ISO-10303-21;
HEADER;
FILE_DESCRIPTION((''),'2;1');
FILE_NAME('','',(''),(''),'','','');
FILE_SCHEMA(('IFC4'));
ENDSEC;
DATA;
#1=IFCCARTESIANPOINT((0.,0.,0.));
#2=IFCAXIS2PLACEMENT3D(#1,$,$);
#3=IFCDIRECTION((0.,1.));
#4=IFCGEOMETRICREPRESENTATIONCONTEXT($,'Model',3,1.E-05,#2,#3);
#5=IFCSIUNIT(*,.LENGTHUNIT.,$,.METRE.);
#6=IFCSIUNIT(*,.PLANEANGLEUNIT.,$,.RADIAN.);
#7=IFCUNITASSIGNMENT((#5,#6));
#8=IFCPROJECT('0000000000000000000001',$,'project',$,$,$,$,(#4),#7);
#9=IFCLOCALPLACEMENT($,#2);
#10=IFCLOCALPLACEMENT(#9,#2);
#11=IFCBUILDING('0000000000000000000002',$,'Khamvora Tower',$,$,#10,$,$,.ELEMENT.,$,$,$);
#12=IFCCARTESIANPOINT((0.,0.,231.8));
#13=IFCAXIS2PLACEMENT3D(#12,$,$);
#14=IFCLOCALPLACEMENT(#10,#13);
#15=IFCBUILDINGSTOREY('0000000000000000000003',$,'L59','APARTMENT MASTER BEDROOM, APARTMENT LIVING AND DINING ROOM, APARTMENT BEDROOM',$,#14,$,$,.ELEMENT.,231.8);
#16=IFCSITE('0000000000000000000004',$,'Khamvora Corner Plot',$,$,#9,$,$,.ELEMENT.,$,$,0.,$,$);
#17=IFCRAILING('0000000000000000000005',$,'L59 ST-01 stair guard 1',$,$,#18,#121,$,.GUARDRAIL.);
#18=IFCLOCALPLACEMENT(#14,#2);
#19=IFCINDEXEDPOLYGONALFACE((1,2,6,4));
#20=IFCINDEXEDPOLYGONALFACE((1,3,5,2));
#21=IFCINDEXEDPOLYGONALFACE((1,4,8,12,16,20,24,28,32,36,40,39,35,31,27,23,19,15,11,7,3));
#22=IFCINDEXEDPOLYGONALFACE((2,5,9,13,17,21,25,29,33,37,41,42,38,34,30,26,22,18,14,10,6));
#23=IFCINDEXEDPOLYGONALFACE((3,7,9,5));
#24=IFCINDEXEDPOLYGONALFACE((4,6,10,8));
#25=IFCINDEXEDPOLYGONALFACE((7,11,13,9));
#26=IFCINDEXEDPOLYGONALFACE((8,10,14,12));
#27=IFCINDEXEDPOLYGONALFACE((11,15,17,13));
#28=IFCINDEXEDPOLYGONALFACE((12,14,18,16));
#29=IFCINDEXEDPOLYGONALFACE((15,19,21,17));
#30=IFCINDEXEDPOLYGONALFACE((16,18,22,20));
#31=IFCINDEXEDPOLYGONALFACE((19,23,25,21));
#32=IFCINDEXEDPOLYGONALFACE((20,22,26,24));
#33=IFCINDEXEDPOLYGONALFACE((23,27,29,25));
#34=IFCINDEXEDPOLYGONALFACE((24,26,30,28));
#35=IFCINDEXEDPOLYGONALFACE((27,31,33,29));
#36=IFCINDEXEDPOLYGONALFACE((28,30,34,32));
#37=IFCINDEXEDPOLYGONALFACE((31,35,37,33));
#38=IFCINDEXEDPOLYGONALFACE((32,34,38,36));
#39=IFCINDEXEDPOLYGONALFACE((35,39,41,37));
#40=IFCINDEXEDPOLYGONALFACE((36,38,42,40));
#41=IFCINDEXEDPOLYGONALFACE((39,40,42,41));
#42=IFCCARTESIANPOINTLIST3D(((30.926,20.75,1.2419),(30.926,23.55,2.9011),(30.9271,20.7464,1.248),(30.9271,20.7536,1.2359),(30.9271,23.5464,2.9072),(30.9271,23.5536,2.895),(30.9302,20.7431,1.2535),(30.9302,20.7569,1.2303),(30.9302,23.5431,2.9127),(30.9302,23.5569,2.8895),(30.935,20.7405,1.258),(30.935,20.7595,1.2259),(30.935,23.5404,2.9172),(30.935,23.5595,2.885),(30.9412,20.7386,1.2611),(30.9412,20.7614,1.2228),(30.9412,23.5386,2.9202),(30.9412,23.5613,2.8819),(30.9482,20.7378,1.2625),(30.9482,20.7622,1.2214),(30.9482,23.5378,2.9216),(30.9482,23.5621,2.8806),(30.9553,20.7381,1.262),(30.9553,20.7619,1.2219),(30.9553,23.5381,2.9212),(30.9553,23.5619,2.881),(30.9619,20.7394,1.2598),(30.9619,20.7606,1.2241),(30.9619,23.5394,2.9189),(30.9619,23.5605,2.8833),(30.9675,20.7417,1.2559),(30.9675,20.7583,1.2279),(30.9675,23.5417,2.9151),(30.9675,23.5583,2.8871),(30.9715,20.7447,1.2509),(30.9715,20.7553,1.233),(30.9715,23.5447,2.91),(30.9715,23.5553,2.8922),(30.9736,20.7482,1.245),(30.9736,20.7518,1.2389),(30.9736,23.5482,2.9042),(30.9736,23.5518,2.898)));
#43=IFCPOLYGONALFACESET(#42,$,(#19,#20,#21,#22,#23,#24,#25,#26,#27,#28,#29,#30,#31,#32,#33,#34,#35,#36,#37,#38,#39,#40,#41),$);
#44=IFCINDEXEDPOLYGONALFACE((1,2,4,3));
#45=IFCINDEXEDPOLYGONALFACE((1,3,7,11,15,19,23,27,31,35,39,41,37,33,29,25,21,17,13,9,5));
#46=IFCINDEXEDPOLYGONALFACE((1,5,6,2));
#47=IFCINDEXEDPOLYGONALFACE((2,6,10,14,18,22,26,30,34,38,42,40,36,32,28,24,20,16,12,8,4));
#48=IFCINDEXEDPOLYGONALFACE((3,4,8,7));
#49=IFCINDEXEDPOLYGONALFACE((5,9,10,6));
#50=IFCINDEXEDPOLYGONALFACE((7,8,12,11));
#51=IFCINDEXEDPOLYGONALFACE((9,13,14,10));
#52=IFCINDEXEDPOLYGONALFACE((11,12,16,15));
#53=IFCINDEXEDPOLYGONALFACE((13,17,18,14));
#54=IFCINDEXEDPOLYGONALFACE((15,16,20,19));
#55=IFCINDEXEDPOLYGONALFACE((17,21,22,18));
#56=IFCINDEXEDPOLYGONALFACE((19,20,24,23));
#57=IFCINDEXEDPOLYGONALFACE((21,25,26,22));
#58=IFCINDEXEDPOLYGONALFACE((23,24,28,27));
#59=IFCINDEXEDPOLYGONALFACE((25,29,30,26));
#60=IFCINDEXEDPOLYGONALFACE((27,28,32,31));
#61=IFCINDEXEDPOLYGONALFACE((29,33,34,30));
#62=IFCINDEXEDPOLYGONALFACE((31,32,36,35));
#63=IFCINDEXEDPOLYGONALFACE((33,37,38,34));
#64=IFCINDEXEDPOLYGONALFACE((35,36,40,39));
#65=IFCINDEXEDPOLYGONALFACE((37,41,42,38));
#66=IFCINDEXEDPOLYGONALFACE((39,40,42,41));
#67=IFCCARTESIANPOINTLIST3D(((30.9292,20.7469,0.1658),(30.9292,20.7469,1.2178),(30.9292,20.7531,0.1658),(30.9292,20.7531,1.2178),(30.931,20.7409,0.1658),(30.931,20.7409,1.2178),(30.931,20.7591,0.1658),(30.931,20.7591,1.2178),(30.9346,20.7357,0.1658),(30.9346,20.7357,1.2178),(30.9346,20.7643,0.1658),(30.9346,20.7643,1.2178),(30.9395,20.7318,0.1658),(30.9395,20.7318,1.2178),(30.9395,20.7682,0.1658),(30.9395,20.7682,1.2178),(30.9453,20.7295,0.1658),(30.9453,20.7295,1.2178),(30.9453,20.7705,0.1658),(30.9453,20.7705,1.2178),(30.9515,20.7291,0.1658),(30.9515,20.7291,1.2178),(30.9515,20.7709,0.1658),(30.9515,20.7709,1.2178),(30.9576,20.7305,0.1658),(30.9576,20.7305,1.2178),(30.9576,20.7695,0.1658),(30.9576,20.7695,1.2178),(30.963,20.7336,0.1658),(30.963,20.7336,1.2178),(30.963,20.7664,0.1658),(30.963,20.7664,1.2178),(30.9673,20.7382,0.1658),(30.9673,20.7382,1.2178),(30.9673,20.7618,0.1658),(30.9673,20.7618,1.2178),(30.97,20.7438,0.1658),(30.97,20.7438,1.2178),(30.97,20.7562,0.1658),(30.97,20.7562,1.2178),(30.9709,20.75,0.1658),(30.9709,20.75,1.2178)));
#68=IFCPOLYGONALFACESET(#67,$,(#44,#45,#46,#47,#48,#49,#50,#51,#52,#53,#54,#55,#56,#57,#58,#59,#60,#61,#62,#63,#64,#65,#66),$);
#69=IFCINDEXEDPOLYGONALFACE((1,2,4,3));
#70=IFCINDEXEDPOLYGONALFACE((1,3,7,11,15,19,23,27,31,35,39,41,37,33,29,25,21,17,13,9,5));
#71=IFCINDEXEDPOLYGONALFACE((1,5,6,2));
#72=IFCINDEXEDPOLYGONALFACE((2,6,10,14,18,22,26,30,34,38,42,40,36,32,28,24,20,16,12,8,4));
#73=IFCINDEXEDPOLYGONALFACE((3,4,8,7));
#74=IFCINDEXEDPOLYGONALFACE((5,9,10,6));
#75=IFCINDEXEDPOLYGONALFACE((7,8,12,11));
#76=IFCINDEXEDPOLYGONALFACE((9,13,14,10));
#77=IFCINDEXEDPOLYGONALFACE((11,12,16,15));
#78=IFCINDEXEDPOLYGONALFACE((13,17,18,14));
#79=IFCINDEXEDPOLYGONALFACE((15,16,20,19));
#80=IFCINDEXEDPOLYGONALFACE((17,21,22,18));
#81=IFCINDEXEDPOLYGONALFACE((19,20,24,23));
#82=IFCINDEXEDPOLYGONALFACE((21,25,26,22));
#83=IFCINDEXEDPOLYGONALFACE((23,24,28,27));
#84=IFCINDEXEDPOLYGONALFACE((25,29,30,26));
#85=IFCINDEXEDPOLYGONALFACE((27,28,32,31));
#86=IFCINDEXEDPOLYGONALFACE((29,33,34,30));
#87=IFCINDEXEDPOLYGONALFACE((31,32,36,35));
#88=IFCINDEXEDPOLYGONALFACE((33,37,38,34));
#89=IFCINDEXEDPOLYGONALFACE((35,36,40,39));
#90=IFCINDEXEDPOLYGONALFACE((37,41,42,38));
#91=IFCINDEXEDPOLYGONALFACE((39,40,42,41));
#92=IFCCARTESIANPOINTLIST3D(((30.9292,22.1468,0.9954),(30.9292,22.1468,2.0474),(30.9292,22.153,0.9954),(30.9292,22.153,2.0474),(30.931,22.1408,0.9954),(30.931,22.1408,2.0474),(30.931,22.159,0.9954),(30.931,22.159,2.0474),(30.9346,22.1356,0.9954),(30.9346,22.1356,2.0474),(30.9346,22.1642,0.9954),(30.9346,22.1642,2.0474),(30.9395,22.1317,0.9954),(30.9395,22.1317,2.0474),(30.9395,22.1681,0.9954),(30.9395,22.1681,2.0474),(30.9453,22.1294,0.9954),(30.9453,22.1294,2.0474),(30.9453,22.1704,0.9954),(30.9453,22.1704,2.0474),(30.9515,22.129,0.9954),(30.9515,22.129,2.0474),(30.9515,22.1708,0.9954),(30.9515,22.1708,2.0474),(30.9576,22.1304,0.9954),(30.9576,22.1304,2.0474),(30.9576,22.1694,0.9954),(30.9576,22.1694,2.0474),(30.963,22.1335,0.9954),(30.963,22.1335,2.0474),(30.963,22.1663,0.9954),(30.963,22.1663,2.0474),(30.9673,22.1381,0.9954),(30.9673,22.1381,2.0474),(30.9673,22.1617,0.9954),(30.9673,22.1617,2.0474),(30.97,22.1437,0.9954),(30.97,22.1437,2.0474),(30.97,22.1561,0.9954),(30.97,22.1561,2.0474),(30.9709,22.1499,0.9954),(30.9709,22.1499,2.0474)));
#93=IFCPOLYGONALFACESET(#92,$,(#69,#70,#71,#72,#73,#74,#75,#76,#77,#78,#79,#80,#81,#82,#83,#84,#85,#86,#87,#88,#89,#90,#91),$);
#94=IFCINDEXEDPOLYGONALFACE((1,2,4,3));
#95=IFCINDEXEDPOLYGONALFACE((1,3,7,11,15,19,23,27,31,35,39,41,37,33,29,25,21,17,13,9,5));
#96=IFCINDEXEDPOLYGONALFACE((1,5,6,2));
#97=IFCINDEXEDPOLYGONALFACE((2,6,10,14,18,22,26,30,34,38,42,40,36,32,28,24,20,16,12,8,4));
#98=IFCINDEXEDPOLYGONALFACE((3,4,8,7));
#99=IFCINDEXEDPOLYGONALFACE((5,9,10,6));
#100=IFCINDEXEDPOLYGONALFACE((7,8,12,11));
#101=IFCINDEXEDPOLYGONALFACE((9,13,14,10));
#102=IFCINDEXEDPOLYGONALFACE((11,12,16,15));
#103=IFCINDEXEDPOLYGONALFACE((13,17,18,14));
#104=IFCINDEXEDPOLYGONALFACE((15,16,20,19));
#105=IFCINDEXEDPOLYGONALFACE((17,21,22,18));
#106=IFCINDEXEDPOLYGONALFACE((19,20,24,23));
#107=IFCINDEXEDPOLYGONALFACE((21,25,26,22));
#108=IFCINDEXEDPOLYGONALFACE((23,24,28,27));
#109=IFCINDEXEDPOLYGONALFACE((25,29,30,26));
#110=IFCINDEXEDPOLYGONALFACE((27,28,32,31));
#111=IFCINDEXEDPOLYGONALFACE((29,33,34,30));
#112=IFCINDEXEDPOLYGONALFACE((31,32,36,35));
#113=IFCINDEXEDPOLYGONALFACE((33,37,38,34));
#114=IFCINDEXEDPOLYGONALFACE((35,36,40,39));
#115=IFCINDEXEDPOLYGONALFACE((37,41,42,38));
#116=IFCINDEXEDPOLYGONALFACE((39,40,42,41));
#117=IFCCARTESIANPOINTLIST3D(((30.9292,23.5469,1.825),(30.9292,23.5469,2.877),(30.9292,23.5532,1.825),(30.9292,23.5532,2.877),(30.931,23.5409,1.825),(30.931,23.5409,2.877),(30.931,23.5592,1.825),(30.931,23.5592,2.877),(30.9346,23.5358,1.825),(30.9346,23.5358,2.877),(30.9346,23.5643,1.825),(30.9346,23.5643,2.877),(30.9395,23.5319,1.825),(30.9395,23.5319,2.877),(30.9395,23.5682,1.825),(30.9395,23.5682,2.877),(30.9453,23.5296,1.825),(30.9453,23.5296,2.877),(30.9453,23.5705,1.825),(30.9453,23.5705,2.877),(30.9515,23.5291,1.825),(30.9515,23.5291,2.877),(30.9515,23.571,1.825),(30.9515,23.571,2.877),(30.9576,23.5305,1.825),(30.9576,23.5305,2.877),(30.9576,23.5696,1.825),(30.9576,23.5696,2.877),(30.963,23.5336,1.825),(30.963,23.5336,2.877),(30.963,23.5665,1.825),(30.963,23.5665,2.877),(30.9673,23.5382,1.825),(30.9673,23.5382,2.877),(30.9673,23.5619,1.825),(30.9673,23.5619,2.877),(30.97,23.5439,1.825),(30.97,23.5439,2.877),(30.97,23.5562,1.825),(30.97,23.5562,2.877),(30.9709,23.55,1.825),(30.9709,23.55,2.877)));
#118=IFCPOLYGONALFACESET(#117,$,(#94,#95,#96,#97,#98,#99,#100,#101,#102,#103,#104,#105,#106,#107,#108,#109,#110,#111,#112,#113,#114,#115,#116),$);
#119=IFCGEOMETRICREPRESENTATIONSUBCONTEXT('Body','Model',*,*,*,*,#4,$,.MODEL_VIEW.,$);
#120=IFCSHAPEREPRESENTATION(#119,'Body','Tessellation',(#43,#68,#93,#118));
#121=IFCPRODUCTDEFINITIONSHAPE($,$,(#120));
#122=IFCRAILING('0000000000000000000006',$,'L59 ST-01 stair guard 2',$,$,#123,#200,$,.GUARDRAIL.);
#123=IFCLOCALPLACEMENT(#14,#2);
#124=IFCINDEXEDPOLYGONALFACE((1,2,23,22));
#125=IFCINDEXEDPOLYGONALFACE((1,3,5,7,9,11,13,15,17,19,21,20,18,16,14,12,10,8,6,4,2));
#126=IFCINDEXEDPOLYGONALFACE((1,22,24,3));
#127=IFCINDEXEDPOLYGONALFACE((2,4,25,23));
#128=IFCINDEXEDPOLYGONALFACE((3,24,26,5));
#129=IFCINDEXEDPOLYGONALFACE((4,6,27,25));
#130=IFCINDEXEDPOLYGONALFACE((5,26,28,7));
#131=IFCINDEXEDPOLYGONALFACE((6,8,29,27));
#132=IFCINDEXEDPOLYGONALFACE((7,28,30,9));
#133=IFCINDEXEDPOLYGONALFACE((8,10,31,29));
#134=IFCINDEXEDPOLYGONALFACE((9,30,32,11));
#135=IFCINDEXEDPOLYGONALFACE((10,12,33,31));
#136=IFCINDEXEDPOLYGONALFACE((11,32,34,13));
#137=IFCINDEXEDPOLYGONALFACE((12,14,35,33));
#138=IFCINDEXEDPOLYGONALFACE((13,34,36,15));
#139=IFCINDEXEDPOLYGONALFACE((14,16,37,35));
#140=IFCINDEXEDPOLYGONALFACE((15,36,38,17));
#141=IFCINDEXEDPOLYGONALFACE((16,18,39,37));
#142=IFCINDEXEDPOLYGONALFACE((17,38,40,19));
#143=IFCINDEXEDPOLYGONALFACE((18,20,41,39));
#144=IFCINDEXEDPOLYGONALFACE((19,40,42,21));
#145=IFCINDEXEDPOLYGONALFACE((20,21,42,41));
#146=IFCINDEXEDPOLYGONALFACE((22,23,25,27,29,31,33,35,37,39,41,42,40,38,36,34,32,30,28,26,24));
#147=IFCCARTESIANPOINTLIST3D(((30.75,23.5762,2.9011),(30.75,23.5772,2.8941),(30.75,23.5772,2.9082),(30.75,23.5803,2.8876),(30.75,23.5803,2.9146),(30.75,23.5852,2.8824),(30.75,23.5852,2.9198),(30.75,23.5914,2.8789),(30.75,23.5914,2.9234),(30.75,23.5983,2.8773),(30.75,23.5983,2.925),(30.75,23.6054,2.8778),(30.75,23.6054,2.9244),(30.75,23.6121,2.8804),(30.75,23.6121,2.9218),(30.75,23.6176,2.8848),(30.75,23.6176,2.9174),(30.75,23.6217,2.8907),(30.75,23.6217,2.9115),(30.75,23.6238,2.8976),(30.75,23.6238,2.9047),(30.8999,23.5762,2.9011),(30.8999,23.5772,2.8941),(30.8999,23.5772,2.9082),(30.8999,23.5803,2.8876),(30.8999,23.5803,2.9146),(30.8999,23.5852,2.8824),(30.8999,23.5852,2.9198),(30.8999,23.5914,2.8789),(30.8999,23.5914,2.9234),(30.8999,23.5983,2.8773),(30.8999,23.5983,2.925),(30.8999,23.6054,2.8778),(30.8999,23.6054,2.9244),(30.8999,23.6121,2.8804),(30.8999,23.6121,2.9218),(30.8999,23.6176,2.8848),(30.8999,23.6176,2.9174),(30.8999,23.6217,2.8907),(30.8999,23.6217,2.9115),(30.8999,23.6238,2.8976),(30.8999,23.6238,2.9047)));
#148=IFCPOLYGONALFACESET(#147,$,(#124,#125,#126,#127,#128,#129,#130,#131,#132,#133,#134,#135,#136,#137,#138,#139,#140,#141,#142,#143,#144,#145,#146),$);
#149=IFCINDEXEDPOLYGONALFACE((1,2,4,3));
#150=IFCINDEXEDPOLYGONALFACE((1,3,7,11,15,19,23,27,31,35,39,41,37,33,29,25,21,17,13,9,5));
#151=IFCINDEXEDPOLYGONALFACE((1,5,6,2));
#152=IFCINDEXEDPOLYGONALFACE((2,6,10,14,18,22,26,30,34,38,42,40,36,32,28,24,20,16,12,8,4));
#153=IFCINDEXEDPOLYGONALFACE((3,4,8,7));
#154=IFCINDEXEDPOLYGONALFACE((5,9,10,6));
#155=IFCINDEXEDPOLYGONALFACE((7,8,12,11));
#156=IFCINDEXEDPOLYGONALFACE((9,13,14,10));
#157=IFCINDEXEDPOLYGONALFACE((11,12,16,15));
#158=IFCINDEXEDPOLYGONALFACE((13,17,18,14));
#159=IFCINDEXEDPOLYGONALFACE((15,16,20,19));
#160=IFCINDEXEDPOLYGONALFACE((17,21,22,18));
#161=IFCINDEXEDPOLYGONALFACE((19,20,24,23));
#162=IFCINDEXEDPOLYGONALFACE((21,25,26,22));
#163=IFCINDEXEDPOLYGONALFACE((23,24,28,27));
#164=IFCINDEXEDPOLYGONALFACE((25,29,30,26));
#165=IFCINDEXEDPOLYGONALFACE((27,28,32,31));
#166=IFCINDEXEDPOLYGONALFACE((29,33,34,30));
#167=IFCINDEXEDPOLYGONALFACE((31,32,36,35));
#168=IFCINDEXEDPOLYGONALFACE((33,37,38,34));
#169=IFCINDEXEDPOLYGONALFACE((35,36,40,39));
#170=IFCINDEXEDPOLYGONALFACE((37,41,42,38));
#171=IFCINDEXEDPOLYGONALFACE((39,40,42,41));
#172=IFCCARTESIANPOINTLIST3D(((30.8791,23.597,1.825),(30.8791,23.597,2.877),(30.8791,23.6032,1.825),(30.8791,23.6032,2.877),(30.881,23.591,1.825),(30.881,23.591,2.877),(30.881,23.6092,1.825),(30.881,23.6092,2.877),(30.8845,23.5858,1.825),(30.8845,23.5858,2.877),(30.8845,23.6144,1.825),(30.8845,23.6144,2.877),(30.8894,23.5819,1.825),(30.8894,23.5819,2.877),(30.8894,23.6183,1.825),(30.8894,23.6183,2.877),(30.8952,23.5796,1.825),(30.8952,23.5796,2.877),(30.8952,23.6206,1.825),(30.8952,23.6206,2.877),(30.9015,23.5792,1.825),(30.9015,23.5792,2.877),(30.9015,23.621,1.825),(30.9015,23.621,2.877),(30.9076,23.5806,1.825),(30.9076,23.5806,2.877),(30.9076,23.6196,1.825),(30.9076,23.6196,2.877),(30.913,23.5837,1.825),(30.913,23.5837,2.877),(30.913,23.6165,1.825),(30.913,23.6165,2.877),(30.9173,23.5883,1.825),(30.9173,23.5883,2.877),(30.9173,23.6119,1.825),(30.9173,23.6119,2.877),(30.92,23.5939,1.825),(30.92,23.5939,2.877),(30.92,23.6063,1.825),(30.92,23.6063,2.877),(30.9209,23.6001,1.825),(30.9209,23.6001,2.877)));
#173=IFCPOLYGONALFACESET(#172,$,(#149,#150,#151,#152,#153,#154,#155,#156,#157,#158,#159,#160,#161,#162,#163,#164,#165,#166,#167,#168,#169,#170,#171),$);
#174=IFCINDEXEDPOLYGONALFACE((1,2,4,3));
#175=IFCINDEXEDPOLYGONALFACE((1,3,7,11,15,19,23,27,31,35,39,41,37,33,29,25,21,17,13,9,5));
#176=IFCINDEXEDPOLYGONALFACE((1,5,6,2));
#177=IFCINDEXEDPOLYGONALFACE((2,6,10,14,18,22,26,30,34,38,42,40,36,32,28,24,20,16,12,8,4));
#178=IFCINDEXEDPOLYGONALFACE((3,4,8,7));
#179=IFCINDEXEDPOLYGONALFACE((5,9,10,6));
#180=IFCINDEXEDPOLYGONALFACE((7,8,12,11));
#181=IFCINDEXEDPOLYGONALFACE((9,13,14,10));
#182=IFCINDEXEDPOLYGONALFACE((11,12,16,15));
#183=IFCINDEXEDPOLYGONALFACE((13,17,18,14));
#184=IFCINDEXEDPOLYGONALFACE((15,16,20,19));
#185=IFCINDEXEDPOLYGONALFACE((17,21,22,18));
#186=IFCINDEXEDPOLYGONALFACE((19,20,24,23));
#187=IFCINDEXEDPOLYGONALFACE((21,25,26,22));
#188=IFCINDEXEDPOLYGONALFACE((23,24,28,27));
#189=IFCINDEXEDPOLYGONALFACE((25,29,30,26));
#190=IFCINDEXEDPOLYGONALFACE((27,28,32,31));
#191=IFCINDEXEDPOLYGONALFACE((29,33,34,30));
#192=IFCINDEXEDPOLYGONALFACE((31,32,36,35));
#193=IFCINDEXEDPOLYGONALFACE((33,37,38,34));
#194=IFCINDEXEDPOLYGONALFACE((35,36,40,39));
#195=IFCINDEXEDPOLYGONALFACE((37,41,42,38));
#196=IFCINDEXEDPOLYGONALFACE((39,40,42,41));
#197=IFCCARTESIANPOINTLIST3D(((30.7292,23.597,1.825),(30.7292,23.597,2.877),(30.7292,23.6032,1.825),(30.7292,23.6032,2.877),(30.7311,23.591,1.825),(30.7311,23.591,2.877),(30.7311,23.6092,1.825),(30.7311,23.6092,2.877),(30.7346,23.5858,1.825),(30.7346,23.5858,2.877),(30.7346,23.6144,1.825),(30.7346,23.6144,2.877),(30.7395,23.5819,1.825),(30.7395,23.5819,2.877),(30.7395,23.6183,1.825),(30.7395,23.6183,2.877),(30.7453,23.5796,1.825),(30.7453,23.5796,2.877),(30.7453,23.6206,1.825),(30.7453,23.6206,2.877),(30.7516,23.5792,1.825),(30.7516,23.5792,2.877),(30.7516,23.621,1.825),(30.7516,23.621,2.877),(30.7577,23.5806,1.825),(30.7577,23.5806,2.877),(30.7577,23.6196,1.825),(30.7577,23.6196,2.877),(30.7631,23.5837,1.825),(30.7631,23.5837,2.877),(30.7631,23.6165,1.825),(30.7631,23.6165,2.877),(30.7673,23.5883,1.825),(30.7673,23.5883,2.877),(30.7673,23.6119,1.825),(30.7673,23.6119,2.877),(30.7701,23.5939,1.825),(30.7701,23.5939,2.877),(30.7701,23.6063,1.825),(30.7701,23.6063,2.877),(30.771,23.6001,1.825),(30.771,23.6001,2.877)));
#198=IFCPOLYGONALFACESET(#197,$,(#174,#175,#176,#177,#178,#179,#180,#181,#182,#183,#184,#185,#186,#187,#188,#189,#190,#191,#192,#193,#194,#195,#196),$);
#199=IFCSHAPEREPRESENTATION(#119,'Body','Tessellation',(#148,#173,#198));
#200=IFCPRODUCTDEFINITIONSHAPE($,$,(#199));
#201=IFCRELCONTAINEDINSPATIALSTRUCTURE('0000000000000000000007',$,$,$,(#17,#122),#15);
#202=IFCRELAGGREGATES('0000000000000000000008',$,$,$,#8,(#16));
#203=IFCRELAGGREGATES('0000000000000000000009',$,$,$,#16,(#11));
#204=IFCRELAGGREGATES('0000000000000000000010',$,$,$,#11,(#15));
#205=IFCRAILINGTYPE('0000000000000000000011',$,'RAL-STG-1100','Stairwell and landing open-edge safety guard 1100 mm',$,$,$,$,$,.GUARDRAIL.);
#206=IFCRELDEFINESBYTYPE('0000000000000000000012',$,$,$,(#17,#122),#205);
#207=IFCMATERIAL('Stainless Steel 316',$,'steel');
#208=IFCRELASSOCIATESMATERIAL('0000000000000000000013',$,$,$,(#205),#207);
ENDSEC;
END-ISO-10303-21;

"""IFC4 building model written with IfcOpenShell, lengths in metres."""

from ifc_helpers import new_model, si_unit, direction, frame, origin, origin_2d, place, context, subcontext, project, spatial, circle, extrude, material, type_object, element, save


model = new_model("IFC4")

# Units and contexts
model_context = context("Model", 3, precision=1e-05, world=origin(), true_north=direction((0.0, 1.0)))
body_context = subcontext(model_context, "Body", "Model", "MODEL_VIEW")
ifc_project = project(units=[si_unit("LENGTHUNIT", "METRE"), si_unit("PLANEANGLEUNIT", "RADIAN")], contexts=[model_context])

# Site, building, storey
site_placement = place(None, origin())
site = spatial("IfcSite", under=ifc_project, at=site_placement, Name="Khamvora Corner Plot", CompositionType="ELEMENT", RefElevation=0.0)
building_placement = place(site_placement, origin())
building = spatial("IfcBuilding", under=site, at=building_placement, Name="Khamvora Tower", CompositionType="ELEMENT")
storey_placement = place(building_placement, frame((0.0, 0.0, 231.8)))
storey = spatial("IfcBuildingStorey", under=building, at=storey_placement, Name="L59", Description="APARTMENT MASTER BEDROOM, APARTMENT LIVING AND DINING ROOM, APARTMENT BEDROOM", CompositionType="ELEMENT", Elevation=231.8)

# Railings
ifc_material_1 = material(Name="Stainless Steel 316", Category="steel")
railing_type_1 = type_object("IfcRailingType", Name="RAL-STG-1100", Description="Stairwell and landing open-edge safety guard 1100 mm", PredefinedType="GUARDRAIL", material=ifc_material_1)
railing_1_placement = place(storey_placement, frame((30.95, 20.75, 0.1658)))
element("IfcRailing", 1, at=railing_1_placement, inside=storey, type_object=railing_type_1, Name="L59 ST-01 stair guard 1", PredefinedType="GUARDRAIL", context=body_context, shape_type="SweptSolid", body=[
    extrude(circle(Radius=0.0239, at=origin_2d()), frame((0.0, 0.0, 1.0762), z_axis=(0.0, 0.860306, 0.509778), x_axis=(-1.0, 0.0, 0.0)), (0.0, 0.0, 1.0), 3.2546),
    extrude(circle(Radius=0.021, at=origin_2d()), origin(), (0.0, 0.0, 1.0), 1.052),
    extrude(circle(Radius=0.021, at=origin_2d()), frame((0.0, 1.3999, 0.8296)), (0.0, 0.0, 1.0), 1.052),
    extrude(circle(Radius=0.021, at=origin_2d()), frame((0.0, 2.8, 1.6592)), (0.0, 0.0, 1.0), 1.052),
])
railing_2_placement = place(storey_placement, frame((30.8999, 23.6001, 1.825)))
element("IfcRailing", 2, at=railing_2_placement, inside=storey, type_object=railing_type_1, Name="L59 ST-01 stair guard 2", PredefinedType="GUARDRAIL", context=body_context, shape_type="SweptSolid", body=[
    extrude(circle(Radius=0.0239, at=origin_2d()), frame((0.0, 0.0, 1.0762), z_axis=(-1.0, 0.0, 0.0), x_axis=(0.0, -1.0, 0.0)), (0.0, 0.0, 1.0), 0.1499),
    extrude(circle(Radius=0.021, at=origin_2d()), origin(), (0.0, 0.0, 1.0), 1.052),
    extrude(circle(Radius=0.021, at=origin_2d()), frame((-0.1499, 0.0, 0.0)), (0.0, 0.0, 1.0), 1.052),
])

save(model, "model.ifc")
